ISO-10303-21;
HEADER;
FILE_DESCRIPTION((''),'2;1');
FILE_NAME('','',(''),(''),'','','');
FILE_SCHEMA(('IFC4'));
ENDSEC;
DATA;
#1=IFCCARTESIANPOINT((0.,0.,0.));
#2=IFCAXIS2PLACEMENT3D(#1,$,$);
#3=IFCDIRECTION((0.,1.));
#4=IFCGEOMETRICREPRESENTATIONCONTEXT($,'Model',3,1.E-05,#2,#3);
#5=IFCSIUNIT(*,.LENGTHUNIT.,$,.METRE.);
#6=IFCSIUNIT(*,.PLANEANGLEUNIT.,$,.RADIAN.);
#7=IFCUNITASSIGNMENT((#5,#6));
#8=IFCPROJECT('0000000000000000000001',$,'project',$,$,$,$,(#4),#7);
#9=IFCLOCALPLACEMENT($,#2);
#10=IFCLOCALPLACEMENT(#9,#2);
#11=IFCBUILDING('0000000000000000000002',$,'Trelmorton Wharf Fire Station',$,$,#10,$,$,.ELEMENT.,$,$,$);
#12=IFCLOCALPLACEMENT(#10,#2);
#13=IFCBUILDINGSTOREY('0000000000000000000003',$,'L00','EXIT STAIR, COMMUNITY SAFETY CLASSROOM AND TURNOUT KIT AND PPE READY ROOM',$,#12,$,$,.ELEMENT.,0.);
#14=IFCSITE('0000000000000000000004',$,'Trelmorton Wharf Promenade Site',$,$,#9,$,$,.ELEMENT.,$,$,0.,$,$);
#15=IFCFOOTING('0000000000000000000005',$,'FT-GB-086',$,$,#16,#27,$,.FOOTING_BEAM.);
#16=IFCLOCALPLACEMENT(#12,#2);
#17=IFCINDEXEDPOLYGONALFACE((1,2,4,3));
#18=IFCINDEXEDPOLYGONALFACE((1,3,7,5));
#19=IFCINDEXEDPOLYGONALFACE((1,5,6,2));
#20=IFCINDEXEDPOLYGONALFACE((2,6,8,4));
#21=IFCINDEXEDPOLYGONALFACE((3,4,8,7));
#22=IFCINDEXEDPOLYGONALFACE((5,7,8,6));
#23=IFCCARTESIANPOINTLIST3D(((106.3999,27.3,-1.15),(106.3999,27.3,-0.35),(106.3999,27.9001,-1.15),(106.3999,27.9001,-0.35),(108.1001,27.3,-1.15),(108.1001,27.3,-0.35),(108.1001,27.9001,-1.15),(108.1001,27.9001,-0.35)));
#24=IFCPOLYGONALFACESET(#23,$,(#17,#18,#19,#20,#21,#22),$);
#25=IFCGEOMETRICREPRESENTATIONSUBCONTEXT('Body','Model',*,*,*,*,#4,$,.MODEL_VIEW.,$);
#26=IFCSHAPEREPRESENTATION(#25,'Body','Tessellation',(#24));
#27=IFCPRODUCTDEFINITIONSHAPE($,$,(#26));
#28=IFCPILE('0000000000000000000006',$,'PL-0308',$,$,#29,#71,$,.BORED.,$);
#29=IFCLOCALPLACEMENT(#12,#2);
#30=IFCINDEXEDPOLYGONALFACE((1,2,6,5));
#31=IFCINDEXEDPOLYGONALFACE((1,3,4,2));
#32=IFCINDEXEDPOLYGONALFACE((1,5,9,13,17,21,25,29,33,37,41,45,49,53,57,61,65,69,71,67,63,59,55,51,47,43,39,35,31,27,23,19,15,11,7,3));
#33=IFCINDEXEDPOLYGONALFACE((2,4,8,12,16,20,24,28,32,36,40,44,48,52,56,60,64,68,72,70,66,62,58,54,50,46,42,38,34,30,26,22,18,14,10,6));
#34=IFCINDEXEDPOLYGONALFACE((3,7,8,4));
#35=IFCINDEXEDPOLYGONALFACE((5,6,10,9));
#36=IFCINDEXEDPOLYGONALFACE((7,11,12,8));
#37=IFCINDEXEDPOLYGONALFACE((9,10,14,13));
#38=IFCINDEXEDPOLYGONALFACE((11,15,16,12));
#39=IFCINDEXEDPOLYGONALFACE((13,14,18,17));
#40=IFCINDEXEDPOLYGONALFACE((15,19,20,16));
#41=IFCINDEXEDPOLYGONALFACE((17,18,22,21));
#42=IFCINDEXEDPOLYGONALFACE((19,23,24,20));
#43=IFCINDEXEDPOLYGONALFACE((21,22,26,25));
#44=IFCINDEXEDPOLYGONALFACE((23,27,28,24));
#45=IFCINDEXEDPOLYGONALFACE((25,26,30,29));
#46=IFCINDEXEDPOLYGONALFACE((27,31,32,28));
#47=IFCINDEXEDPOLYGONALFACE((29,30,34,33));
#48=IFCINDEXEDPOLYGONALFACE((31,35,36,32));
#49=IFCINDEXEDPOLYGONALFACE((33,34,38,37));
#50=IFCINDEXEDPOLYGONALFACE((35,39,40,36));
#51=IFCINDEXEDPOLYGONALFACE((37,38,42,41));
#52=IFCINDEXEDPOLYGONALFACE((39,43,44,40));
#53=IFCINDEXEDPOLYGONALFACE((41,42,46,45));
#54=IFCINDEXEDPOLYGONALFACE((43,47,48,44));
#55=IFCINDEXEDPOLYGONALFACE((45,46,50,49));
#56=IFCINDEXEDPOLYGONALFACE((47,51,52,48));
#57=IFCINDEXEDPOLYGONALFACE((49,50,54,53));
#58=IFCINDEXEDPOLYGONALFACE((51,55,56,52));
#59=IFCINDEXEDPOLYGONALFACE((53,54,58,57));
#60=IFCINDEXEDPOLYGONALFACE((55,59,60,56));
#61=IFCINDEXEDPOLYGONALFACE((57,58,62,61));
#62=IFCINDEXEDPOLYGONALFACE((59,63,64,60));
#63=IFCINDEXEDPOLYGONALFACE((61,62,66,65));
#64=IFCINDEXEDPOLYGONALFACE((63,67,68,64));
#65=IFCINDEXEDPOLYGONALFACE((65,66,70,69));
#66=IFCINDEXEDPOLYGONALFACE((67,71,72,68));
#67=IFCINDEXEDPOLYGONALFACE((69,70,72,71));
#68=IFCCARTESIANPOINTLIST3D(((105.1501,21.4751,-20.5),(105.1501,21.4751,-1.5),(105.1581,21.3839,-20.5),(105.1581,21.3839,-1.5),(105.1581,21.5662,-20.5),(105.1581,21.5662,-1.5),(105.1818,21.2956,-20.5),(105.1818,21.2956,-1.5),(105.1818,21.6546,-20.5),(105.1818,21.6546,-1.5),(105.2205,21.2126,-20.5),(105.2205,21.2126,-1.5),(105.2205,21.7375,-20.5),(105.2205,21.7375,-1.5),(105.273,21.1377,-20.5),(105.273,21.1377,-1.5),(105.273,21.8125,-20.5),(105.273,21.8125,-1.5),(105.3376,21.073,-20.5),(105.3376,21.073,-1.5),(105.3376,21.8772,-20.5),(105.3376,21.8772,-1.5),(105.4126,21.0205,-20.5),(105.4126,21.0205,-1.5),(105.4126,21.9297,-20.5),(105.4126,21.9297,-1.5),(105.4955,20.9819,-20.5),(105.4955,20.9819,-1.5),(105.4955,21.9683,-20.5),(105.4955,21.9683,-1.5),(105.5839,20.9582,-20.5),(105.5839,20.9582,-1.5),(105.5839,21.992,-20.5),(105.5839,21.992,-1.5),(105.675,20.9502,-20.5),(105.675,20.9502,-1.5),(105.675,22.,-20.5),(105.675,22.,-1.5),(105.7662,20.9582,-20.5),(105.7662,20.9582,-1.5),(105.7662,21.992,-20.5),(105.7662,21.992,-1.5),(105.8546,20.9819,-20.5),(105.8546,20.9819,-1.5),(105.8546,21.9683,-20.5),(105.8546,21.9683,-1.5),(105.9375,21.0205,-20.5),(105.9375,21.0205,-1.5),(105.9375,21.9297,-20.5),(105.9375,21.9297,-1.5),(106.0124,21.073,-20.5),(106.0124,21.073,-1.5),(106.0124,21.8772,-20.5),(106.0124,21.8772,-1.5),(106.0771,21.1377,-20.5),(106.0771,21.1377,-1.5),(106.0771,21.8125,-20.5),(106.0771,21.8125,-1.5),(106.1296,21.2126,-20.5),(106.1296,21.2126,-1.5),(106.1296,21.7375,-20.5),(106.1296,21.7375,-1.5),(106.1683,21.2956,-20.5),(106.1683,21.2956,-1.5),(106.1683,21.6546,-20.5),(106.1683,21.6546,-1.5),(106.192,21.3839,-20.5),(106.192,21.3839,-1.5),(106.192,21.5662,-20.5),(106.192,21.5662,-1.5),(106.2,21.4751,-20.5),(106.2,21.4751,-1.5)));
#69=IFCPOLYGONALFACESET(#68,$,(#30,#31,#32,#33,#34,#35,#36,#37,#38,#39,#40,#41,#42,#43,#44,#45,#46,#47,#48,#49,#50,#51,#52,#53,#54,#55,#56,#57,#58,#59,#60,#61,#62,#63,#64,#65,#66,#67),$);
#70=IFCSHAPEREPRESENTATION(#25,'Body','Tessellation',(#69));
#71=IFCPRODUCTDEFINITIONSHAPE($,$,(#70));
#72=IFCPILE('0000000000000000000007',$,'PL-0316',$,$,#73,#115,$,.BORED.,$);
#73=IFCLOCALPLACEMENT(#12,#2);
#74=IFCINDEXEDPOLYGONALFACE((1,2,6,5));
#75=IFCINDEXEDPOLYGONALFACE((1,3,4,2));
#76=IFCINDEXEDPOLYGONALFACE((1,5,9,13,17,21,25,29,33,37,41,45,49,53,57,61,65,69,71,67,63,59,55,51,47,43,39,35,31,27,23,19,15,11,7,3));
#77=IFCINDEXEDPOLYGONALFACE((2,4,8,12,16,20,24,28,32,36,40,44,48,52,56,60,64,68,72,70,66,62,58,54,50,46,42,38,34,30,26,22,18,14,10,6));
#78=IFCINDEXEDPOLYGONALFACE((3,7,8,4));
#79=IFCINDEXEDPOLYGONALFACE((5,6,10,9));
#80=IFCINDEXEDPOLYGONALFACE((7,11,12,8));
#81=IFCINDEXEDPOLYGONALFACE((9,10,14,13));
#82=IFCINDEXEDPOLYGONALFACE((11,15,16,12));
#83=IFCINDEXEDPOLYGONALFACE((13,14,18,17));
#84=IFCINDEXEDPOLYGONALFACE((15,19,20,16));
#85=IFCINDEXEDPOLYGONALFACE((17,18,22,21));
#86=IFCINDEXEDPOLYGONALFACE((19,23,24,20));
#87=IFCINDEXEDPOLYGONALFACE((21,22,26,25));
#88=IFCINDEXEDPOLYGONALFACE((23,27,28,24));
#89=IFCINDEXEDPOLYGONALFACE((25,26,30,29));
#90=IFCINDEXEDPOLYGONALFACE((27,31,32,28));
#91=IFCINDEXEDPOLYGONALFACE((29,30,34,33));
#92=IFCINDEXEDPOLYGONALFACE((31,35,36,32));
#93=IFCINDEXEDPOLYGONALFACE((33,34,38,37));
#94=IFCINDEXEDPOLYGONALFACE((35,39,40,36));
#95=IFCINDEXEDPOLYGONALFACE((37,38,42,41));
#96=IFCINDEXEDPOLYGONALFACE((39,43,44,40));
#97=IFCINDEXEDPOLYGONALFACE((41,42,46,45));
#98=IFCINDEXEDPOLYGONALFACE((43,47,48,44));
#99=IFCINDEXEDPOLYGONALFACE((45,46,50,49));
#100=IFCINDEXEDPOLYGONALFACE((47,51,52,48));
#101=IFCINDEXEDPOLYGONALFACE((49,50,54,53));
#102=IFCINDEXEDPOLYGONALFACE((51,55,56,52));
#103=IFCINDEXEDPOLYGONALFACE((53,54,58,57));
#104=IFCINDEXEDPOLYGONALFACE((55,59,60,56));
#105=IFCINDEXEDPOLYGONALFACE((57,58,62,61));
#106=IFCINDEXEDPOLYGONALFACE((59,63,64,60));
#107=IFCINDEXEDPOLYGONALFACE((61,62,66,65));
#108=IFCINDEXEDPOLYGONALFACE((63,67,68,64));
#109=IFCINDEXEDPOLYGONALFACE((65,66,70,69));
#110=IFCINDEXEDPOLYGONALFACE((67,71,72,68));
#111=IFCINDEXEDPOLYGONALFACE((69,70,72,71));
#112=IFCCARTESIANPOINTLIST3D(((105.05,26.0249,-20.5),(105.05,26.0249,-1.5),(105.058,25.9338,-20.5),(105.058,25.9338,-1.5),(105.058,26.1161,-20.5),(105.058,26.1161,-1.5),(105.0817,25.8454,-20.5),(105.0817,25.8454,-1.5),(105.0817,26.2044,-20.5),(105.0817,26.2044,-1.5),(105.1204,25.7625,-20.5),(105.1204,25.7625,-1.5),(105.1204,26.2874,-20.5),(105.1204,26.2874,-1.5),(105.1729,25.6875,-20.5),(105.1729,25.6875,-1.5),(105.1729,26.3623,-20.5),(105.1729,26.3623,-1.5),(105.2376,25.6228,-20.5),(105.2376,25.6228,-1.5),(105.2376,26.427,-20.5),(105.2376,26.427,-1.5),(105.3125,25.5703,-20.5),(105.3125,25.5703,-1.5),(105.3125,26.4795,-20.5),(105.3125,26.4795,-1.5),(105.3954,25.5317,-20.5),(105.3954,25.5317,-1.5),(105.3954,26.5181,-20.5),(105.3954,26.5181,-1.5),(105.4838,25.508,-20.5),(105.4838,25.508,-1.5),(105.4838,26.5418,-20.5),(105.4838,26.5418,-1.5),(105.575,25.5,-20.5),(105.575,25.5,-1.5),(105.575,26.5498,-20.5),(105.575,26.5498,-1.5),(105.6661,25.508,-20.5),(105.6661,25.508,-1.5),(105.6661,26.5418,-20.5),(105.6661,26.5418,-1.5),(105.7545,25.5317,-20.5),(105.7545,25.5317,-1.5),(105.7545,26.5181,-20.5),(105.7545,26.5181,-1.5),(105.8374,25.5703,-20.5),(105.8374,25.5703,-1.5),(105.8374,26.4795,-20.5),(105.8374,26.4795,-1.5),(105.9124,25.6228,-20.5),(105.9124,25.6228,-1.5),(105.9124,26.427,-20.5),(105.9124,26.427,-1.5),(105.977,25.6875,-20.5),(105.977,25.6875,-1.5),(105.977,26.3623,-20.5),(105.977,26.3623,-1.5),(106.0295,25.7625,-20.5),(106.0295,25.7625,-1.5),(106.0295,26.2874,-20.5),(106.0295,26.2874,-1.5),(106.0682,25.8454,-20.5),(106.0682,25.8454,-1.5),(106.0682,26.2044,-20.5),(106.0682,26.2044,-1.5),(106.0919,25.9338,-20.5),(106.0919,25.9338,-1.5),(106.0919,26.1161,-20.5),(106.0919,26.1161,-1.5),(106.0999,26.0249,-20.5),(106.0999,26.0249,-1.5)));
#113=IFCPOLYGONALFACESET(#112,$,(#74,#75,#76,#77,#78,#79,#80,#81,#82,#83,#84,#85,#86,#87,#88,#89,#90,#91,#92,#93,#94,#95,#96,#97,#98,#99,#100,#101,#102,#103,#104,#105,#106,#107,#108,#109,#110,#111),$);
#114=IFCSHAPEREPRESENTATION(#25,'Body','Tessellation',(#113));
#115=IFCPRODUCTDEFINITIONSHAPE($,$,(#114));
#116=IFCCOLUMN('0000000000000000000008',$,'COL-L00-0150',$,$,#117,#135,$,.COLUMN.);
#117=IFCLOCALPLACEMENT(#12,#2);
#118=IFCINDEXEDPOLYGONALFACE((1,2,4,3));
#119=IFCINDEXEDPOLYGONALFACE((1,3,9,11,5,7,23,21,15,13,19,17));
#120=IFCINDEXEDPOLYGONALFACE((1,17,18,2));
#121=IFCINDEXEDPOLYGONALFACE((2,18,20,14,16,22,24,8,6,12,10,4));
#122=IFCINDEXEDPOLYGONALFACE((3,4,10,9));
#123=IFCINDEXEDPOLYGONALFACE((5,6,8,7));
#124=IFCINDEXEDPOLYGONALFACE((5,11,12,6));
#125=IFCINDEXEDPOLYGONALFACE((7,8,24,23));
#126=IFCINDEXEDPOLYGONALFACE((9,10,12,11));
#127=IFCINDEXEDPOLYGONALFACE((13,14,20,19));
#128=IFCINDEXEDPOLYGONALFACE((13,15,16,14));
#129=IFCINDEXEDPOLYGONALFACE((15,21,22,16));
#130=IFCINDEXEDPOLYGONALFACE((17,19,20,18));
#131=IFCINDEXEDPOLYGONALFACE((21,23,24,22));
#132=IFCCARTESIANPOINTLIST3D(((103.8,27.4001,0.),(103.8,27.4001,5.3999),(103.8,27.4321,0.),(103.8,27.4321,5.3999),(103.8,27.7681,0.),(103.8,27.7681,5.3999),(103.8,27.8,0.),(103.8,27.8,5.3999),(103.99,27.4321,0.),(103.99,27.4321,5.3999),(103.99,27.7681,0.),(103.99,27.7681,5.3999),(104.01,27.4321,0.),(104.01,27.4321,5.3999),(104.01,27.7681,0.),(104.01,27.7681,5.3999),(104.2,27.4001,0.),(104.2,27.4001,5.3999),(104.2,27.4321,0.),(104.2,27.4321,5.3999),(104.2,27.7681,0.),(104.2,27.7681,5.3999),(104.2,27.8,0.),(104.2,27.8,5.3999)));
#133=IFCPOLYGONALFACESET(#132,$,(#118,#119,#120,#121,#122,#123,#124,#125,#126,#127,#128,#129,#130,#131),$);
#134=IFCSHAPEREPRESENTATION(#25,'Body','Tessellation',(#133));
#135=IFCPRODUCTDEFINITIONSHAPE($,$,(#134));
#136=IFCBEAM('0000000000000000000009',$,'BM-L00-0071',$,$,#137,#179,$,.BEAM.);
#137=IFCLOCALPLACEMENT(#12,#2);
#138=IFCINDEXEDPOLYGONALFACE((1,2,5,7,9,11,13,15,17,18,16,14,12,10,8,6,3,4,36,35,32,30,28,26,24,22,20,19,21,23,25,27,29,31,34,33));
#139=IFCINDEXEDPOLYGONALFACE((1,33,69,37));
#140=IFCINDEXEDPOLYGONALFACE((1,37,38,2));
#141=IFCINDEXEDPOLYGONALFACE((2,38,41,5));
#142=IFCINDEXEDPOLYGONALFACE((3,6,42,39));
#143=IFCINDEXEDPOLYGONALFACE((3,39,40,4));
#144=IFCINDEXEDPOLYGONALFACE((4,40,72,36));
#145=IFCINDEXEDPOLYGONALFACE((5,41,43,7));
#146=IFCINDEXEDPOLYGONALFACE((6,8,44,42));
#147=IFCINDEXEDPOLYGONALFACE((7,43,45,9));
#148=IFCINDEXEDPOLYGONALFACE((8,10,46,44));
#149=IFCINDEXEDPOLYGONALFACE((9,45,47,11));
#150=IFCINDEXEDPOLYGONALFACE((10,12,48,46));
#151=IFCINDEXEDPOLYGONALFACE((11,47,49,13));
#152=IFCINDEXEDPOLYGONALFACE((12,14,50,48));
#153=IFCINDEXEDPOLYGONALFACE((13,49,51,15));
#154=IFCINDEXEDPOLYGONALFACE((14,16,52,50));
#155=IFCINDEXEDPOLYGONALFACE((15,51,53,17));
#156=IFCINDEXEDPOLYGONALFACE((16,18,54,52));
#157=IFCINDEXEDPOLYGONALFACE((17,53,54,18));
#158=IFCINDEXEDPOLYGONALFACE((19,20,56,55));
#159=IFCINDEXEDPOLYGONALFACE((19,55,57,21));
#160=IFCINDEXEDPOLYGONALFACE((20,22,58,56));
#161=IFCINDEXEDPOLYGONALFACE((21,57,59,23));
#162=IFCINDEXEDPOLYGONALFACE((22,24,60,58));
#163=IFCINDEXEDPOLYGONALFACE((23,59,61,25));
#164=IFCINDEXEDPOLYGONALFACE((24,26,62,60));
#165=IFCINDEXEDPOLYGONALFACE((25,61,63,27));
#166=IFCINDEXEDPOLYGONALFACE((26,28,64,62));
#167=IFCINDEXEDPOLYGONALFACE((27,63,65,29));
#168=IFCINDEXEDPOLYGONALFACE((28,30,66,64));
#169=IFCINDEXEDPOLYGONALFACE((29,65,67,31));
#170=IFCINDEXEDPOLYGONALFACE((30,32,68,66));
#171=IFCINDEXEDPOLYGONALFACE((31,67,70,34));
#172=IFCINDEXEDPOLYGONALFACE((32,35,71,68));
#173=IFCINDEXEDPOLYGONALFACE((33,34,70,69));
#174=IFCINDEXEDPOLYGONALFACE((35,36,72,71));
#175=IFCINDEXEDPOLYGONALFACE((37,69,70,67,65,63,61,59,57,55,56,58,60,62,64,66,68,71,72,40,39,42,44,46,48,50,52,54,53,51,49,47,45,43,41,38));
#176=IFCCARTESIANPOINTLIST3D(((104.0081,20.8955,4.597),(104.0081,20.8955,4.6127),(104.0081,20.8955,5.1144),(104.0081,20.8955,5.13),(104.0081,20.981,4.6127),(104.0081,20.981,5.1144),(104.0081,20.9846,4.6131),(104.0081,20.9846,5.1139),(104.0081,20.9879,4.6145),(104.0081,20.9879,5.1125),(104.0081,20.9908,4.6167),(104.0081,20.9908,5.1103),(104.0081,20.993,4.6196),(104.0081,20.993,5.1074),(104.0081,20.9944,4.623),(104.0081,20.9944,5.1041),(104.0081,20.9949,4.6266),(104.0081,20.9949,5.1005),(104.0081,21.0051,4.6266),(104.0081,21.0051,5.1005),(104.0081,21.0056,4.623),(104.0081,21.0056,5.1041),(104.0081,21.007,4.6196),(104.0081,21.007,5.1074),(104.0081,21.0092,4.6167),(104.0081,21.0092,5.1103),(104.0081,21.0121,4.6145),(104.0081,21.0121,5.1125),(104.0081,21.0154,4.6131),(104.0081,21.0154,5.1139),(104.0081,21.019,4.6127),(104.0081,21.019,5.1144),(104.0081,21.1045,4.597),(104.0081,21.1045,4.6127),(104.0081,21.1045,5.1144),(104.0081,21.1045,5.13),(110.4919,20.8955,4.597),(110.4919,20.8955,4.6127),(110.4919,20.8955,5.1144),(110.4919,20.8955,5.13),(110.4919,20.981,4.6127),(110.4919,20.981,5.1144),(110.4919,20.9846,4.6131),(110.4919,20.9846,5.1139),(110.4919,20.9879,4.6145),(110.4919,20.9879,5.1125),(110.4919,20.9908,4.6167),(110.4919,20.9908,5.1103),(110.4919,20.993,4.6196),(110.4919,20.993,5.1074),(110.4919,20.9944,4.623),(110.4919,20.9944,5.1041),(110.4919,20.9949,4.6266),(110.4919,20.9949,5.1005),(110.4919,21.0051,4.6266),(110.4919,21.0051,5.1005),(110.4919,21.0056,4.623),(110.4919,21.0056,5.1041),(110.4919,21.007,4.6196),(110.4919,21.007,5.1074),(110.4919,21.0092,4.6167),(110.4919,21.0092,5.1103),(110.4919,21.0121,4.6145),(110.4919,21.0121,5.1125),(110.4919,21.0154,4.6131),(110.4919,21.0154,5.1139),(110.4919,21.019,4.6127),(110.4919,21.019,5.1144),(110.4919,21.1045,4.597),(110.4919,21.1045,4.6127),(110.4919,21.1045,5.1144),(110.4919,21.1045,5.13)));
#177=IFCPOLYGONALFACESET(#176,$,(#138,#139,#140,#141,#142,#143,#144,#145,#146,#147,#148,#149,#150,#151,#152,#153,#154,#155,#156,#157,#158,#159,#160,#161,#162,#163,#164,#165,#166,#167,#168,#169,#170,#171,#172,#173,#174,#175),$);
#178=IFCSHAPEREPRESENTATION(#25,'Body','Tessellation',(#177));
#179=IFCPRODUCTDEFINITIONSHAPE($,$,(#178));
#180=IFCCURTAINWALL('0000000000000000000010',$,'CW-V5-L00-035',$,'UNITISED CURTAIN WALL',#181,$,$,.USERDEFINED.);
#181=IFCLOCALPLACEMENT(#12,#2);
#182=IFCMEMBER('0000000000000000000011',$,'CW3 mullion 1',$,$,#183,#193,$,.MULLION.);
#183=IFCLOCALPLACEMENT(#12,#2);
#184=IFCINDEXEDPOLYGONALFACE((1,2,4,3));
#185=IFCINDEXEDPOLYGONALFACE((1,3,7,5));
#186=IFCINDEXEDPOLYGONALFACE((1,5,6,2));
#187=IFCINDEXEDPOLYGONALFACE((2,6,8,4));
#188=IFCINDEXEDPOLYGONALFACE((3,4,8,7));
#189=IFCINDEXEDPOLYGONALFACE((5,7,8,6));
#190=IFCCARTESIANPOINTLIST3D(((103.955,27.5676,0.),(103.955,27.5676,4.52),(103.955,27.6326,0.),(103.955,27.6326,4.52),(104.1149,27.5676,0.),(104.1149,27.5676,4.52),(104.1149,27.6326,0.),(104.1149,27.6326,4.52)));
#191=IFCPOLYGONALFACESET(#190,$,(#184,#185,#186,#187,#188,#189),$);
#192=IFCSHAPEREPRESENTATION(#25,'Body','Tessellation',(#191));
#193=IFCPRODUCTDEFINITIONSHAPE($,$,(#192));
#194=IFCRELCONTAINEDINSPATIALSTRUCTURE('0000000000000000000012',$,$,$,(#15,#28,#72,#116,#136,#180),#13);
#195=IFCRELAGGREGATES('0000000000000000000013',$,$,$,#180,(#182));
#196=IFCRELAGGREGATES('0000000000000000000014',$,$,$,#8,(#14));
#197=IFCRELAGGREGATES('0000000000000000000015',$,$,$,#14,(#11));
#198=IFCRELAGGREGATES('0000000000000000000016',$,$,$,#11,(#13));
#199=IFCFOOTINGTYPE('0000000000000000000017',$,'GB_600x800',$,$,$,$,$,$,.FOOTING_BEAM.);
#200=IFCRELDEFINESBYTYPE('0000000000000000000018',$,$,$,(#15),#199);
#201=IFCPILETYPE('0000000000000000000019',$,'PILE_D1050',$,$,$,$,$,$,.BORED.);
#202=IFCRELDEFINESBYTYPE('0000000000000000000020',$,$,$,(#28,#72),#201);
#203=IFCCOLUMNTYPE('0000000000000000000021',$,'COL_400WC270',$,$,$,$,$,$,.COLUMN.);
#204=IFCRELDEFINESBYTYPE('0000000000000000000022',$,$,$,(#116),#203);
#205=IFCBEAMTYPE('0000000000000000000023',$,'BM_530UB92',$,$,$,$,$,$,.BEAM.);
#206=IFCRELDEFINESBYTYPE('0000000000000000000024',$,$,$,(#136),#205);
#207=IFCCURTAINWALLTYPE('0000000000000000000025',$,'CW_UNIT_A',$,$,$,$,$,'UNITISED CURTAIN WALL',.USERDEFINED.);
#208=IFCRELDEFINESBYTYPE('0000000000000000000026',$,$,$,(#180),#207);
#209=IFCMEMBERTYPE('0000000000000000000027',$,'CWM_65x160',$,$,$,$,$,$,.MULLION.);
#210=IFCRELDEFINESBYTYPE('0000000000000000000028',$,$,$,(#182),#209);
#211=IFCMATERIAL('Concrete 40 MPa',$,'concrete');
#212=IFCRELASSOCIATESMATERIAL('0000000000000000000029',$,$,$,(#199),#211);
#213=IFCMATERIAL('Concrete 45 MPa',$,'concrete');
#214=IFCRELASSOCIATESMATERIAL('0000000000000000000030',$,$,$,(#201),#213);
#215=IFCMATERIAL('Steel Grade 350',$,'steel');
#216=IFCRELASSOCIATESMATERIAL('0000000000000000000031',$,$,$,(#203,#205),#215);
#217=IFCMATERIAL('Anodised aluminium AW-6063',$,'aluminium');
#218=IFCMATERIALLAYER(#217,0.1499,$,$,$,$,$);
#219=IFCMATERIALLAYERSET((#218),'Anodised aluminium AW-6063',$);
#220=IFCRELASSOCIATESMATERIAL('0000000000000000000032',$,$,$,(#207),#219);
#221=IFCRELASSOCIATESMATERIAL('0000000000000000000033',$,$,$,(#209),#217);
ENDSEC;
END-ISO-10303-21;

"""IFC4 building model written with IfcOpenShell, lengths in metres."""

from ifc_helpers import new_model, si_unit, direction, frame, origin, origin_2d, place, context, subcontext, project, spatial, rectangle, circle, i_section, extrude, material, layer, layer_set, material_profile, profile_set, type_object, element, aggregate, save


model = new_model("IFC4")

# Units and contexts
model_context = context("Model", 3, precision=1e-05, world=origin(), true_north=direction((0.0, 1.0)))
body_context = subcontext(model_context, "Body", "Model", "MODEL_VIEW")
ifc_project = project(units=[si_unit("LENGTHUNIT", "METRE"), si_unit("PLANEANGLEUNIT", "RADIAN")], contexts=[model_context])

# Site, building, storey
site_placement = place(None, origin())
site = spatial("IfcSite", under=ifc_project, at=site_placement, Name="Trelmorton Wharf Promenade Site", CompositionType="ELEMENT", RefElevation=0.0)
building_placement = place(site_placement, origin())
building = spatial("IfcBuilding", under=site, at=building_placement, Name="Trelmorton Wharf Fire Station", CompositionType="ELEMENT")
storey_placement = place(building_placement, origin())
storey = spatial("IfcBuildingStorey", under=building, at=storey_placement, Name="L00", Description="EXIT STAIR, COMMUNITY SAFETY CLASSROOM AND TURNOUT KIT AND PPE READY ROOM", CompositionType="ELEMENT", Elevation=0.0)

# Footing
ifc_material_1 = material(Name="Concrete 40 MPa", Category="concrete")
ifc_material_profile_1 = material_profile(ifc_material_1, rectangle(XDim=0.6001, YDim=0.8, at=origin_2d()), Name="RC600x800")
ifc_profile_set_1 = profile_set([ifc_material_profile_1], Name="Concrete 40 MPa")
footing_type = type_object("IfcFootingType", Name="GB_600x800", PredefinedType="FOOTING_BEAM", material=ifc_profile_set_1)
footing_placement = place(storey_placement, frame((106.3999, 27.6001, -0.75), z_axis=(1.0, 0.0, 0.0), x_axis=(0.0, 1.0, 0.0)))
element("IfcFooting", 1, at=footing_placement, inside=storey, type_object=footing_type, Name="FT-GB-086", PredefinedType="FOOTING_BEAM", context=body_context, shape_type="SweptSolid", body=[
    extrude(rectangle(XDim=0.6001, YDim=0.8, at=origin_2d()), origin(), (0.0, 0.0, 1.0), 1.7002),
])

# Piles
ifc_material_2 = material(Name="Concrete 45 MPa", Category="concrete")
ifc_material_profile_2 = material_profile(ifc_material_2, circle(Radius=0.5249, at=origin_2d()), Name="PILE-D1050")
ifc_profile_set_2 = profile_set([ifc_material_profile_2], Name="Concrete 45 MPa")
pile_type = type_object("IfcPileType", Name="PILE_D1050", PredefinedType="BORED", material=ifc_profile_set_2)
for number, where, z_axis, x_axis, name in (
    (2, (105.675, 21.4751, -1.5), (0.0, 0.0, -1.0), (1.0, 0.0, 0.0), "PL-0308"),
    (3, (105.575, 26.0249, -1.5), (0.0, 0.0, -1.0), (1.0, 0.0, 0.0), "PL-0316"),
):
    element("IfcPile", number, at=place(storey_placement, frame(where, z_axis=z_axis, x_axis=x_axis)), inside=storey, type_object=pile_type, Name=name, PredefinedType="BORED", context=body_context, shape_type="SweptSolid", body=[
        extrude(circle(Radius=0.5249, at=origin_2d()), origin(), (0.0, 0.0, 1.0), 19.0),
    ])

# Column
ifc_material_3 = material(Name="Steel Grade 350", Category="steel")
ifc_material_profile_3 = material_profile(ifc_material_3, i_section(OverallWidth=0.3999, OverallDepth=0.3999, WebThickness=0.02, FlangeThickness=0.032, at=origin_2d()), Name="400WC270")
ifc_profile_set_3 = profile_set([ifc_material_profile_3], Name="Steel Grade 350")
column_type = type_object("IfcColumnType", Name="COL_400WC270", PredefinedType="COLUMN", material=ifc_profile_set_3)
column_placement = place(storey_placement, frame((104.0, 27.6001, 0.0), z_axis=(0.0, 0.0, 1.0), x_axis=(1.0, 0.0, 0.0)))
element("IfcColumn", 4, at=column_placement, inside=storey, type_object=column_type, Name="COL-L00-0150", PredefinedType="COLUMN", context=body_context, shape_type="SweptSolid", body=[
    extrude(i_section(OverallWidth=0.3999, OverallDepth=0.3999, WebThickness=0.02, FlangeThickness=0.032, at=origin_2d()), origin(), (0.0, 0.0, 1.0), 5.3999),
])

# Beam
ifc_material_profile_4 = material_profile(ifc_material_3, i_section(OverallWidth=0.209, OverallDepth=0.533, WebThickness=0.0103, FlangeThickness=0.0156, FilletRadius=0.0139, at=origin_2d()), Name="530UB92.4")
ifc_profile_set_4 = profile_set([ifc_material_profile_4], Name="Steel Grade 350")
beam_type_1 = type_object("IfcBeamType", Name="BM_530UB92", PredefinedType="BEAM", material=ifc_profile_set_4)
beam_1_placement = place(storey_placement, frame((104.0081, 21.0, 4.8635), z_axis=(1.0, 0.0, 0.0), x_axis=(0.0, 1.0, 0.0)))
element("IfcBeam", 5, at=beam_1_placement, inside=storey, type_object=beam_type_1, Name="BM-L00-0071", PredefinedType="BEAM", context=body_context, shape_type="SweptSolid", body=[
    extrude(i_section(OverallWidth=0.209, OverallDepth=0.533, WebThickness=0.0103, FlangeThickness=0.0156, FilletRadius=0.0139, at=origin_2d()), origin(), (0.0, 0.0, 1.0), 6.4839),
])

# Curtain wall, member
ifc_material_4 = material(Name="Anodised aluminium AW-6063", Category="aluminium")
ifc_layer_1 = layer(ifc_material_4, 0.1499)
ifc_layer_set_1 = layer_set([ifc_layer_1], Name="Anodised aluminium AW-6063")
curtain_wall_type = type_object("IfcCurtainWallType", Name="CW_UNIT_A", ElementType="UNITISED CURTAIN WALL", PredefinedType="USERDEFINED", material=ifc_layer_set_1)
curtain_wall_placement = place(storey_placement, origin())
curtain_wall = element("IfcCurtainWall", 6, at=curtain_wall_placement, inside=storey, type_object=curtain_wall_type, Name="CW-V5-L00-035", ObjectType="UNITISED CURTAIN WALL", PredefinedType="USERDEFINED")
ifc_material_profile_5 = material_profile(ifc_material_4, rectangle(XDim=0.0649, YDim=0.1599, at=origin_2d()), Name="ALU-65x160")
ifc_profile_set_5 = profile_set([ifc_material_profile_5], Name="Anodised aluminium AW-6063")
member_type_1 = type_object("IfcMemberType", Name="CWM_65x160", PredefinedType="MULLION", material=ifc_profile_set_5)
member_1_placement = place(storey_placement, frame((104.0349, 27.6001, 0.0), z_axis=(0.0, 0.0, 1.0), x_axis=(0.0, 1.0, 0.0)))
member_1 = element("IfcMember", 7, at=member_1_placement, type_object=member_type_1, Name="CW3 mullion 1", PredefinedType="MULLION", context=body_context, shape_type="SweptSolid", body=[
    extrude(rectangle(XDim=0.0649, YDim=0.1599, at=origin_2d()), origin(), (0.0, 0.0, 1.0), 4.52),
])

aggregate(curtain_wall, [member_1])

save(model, "model.ifc")
